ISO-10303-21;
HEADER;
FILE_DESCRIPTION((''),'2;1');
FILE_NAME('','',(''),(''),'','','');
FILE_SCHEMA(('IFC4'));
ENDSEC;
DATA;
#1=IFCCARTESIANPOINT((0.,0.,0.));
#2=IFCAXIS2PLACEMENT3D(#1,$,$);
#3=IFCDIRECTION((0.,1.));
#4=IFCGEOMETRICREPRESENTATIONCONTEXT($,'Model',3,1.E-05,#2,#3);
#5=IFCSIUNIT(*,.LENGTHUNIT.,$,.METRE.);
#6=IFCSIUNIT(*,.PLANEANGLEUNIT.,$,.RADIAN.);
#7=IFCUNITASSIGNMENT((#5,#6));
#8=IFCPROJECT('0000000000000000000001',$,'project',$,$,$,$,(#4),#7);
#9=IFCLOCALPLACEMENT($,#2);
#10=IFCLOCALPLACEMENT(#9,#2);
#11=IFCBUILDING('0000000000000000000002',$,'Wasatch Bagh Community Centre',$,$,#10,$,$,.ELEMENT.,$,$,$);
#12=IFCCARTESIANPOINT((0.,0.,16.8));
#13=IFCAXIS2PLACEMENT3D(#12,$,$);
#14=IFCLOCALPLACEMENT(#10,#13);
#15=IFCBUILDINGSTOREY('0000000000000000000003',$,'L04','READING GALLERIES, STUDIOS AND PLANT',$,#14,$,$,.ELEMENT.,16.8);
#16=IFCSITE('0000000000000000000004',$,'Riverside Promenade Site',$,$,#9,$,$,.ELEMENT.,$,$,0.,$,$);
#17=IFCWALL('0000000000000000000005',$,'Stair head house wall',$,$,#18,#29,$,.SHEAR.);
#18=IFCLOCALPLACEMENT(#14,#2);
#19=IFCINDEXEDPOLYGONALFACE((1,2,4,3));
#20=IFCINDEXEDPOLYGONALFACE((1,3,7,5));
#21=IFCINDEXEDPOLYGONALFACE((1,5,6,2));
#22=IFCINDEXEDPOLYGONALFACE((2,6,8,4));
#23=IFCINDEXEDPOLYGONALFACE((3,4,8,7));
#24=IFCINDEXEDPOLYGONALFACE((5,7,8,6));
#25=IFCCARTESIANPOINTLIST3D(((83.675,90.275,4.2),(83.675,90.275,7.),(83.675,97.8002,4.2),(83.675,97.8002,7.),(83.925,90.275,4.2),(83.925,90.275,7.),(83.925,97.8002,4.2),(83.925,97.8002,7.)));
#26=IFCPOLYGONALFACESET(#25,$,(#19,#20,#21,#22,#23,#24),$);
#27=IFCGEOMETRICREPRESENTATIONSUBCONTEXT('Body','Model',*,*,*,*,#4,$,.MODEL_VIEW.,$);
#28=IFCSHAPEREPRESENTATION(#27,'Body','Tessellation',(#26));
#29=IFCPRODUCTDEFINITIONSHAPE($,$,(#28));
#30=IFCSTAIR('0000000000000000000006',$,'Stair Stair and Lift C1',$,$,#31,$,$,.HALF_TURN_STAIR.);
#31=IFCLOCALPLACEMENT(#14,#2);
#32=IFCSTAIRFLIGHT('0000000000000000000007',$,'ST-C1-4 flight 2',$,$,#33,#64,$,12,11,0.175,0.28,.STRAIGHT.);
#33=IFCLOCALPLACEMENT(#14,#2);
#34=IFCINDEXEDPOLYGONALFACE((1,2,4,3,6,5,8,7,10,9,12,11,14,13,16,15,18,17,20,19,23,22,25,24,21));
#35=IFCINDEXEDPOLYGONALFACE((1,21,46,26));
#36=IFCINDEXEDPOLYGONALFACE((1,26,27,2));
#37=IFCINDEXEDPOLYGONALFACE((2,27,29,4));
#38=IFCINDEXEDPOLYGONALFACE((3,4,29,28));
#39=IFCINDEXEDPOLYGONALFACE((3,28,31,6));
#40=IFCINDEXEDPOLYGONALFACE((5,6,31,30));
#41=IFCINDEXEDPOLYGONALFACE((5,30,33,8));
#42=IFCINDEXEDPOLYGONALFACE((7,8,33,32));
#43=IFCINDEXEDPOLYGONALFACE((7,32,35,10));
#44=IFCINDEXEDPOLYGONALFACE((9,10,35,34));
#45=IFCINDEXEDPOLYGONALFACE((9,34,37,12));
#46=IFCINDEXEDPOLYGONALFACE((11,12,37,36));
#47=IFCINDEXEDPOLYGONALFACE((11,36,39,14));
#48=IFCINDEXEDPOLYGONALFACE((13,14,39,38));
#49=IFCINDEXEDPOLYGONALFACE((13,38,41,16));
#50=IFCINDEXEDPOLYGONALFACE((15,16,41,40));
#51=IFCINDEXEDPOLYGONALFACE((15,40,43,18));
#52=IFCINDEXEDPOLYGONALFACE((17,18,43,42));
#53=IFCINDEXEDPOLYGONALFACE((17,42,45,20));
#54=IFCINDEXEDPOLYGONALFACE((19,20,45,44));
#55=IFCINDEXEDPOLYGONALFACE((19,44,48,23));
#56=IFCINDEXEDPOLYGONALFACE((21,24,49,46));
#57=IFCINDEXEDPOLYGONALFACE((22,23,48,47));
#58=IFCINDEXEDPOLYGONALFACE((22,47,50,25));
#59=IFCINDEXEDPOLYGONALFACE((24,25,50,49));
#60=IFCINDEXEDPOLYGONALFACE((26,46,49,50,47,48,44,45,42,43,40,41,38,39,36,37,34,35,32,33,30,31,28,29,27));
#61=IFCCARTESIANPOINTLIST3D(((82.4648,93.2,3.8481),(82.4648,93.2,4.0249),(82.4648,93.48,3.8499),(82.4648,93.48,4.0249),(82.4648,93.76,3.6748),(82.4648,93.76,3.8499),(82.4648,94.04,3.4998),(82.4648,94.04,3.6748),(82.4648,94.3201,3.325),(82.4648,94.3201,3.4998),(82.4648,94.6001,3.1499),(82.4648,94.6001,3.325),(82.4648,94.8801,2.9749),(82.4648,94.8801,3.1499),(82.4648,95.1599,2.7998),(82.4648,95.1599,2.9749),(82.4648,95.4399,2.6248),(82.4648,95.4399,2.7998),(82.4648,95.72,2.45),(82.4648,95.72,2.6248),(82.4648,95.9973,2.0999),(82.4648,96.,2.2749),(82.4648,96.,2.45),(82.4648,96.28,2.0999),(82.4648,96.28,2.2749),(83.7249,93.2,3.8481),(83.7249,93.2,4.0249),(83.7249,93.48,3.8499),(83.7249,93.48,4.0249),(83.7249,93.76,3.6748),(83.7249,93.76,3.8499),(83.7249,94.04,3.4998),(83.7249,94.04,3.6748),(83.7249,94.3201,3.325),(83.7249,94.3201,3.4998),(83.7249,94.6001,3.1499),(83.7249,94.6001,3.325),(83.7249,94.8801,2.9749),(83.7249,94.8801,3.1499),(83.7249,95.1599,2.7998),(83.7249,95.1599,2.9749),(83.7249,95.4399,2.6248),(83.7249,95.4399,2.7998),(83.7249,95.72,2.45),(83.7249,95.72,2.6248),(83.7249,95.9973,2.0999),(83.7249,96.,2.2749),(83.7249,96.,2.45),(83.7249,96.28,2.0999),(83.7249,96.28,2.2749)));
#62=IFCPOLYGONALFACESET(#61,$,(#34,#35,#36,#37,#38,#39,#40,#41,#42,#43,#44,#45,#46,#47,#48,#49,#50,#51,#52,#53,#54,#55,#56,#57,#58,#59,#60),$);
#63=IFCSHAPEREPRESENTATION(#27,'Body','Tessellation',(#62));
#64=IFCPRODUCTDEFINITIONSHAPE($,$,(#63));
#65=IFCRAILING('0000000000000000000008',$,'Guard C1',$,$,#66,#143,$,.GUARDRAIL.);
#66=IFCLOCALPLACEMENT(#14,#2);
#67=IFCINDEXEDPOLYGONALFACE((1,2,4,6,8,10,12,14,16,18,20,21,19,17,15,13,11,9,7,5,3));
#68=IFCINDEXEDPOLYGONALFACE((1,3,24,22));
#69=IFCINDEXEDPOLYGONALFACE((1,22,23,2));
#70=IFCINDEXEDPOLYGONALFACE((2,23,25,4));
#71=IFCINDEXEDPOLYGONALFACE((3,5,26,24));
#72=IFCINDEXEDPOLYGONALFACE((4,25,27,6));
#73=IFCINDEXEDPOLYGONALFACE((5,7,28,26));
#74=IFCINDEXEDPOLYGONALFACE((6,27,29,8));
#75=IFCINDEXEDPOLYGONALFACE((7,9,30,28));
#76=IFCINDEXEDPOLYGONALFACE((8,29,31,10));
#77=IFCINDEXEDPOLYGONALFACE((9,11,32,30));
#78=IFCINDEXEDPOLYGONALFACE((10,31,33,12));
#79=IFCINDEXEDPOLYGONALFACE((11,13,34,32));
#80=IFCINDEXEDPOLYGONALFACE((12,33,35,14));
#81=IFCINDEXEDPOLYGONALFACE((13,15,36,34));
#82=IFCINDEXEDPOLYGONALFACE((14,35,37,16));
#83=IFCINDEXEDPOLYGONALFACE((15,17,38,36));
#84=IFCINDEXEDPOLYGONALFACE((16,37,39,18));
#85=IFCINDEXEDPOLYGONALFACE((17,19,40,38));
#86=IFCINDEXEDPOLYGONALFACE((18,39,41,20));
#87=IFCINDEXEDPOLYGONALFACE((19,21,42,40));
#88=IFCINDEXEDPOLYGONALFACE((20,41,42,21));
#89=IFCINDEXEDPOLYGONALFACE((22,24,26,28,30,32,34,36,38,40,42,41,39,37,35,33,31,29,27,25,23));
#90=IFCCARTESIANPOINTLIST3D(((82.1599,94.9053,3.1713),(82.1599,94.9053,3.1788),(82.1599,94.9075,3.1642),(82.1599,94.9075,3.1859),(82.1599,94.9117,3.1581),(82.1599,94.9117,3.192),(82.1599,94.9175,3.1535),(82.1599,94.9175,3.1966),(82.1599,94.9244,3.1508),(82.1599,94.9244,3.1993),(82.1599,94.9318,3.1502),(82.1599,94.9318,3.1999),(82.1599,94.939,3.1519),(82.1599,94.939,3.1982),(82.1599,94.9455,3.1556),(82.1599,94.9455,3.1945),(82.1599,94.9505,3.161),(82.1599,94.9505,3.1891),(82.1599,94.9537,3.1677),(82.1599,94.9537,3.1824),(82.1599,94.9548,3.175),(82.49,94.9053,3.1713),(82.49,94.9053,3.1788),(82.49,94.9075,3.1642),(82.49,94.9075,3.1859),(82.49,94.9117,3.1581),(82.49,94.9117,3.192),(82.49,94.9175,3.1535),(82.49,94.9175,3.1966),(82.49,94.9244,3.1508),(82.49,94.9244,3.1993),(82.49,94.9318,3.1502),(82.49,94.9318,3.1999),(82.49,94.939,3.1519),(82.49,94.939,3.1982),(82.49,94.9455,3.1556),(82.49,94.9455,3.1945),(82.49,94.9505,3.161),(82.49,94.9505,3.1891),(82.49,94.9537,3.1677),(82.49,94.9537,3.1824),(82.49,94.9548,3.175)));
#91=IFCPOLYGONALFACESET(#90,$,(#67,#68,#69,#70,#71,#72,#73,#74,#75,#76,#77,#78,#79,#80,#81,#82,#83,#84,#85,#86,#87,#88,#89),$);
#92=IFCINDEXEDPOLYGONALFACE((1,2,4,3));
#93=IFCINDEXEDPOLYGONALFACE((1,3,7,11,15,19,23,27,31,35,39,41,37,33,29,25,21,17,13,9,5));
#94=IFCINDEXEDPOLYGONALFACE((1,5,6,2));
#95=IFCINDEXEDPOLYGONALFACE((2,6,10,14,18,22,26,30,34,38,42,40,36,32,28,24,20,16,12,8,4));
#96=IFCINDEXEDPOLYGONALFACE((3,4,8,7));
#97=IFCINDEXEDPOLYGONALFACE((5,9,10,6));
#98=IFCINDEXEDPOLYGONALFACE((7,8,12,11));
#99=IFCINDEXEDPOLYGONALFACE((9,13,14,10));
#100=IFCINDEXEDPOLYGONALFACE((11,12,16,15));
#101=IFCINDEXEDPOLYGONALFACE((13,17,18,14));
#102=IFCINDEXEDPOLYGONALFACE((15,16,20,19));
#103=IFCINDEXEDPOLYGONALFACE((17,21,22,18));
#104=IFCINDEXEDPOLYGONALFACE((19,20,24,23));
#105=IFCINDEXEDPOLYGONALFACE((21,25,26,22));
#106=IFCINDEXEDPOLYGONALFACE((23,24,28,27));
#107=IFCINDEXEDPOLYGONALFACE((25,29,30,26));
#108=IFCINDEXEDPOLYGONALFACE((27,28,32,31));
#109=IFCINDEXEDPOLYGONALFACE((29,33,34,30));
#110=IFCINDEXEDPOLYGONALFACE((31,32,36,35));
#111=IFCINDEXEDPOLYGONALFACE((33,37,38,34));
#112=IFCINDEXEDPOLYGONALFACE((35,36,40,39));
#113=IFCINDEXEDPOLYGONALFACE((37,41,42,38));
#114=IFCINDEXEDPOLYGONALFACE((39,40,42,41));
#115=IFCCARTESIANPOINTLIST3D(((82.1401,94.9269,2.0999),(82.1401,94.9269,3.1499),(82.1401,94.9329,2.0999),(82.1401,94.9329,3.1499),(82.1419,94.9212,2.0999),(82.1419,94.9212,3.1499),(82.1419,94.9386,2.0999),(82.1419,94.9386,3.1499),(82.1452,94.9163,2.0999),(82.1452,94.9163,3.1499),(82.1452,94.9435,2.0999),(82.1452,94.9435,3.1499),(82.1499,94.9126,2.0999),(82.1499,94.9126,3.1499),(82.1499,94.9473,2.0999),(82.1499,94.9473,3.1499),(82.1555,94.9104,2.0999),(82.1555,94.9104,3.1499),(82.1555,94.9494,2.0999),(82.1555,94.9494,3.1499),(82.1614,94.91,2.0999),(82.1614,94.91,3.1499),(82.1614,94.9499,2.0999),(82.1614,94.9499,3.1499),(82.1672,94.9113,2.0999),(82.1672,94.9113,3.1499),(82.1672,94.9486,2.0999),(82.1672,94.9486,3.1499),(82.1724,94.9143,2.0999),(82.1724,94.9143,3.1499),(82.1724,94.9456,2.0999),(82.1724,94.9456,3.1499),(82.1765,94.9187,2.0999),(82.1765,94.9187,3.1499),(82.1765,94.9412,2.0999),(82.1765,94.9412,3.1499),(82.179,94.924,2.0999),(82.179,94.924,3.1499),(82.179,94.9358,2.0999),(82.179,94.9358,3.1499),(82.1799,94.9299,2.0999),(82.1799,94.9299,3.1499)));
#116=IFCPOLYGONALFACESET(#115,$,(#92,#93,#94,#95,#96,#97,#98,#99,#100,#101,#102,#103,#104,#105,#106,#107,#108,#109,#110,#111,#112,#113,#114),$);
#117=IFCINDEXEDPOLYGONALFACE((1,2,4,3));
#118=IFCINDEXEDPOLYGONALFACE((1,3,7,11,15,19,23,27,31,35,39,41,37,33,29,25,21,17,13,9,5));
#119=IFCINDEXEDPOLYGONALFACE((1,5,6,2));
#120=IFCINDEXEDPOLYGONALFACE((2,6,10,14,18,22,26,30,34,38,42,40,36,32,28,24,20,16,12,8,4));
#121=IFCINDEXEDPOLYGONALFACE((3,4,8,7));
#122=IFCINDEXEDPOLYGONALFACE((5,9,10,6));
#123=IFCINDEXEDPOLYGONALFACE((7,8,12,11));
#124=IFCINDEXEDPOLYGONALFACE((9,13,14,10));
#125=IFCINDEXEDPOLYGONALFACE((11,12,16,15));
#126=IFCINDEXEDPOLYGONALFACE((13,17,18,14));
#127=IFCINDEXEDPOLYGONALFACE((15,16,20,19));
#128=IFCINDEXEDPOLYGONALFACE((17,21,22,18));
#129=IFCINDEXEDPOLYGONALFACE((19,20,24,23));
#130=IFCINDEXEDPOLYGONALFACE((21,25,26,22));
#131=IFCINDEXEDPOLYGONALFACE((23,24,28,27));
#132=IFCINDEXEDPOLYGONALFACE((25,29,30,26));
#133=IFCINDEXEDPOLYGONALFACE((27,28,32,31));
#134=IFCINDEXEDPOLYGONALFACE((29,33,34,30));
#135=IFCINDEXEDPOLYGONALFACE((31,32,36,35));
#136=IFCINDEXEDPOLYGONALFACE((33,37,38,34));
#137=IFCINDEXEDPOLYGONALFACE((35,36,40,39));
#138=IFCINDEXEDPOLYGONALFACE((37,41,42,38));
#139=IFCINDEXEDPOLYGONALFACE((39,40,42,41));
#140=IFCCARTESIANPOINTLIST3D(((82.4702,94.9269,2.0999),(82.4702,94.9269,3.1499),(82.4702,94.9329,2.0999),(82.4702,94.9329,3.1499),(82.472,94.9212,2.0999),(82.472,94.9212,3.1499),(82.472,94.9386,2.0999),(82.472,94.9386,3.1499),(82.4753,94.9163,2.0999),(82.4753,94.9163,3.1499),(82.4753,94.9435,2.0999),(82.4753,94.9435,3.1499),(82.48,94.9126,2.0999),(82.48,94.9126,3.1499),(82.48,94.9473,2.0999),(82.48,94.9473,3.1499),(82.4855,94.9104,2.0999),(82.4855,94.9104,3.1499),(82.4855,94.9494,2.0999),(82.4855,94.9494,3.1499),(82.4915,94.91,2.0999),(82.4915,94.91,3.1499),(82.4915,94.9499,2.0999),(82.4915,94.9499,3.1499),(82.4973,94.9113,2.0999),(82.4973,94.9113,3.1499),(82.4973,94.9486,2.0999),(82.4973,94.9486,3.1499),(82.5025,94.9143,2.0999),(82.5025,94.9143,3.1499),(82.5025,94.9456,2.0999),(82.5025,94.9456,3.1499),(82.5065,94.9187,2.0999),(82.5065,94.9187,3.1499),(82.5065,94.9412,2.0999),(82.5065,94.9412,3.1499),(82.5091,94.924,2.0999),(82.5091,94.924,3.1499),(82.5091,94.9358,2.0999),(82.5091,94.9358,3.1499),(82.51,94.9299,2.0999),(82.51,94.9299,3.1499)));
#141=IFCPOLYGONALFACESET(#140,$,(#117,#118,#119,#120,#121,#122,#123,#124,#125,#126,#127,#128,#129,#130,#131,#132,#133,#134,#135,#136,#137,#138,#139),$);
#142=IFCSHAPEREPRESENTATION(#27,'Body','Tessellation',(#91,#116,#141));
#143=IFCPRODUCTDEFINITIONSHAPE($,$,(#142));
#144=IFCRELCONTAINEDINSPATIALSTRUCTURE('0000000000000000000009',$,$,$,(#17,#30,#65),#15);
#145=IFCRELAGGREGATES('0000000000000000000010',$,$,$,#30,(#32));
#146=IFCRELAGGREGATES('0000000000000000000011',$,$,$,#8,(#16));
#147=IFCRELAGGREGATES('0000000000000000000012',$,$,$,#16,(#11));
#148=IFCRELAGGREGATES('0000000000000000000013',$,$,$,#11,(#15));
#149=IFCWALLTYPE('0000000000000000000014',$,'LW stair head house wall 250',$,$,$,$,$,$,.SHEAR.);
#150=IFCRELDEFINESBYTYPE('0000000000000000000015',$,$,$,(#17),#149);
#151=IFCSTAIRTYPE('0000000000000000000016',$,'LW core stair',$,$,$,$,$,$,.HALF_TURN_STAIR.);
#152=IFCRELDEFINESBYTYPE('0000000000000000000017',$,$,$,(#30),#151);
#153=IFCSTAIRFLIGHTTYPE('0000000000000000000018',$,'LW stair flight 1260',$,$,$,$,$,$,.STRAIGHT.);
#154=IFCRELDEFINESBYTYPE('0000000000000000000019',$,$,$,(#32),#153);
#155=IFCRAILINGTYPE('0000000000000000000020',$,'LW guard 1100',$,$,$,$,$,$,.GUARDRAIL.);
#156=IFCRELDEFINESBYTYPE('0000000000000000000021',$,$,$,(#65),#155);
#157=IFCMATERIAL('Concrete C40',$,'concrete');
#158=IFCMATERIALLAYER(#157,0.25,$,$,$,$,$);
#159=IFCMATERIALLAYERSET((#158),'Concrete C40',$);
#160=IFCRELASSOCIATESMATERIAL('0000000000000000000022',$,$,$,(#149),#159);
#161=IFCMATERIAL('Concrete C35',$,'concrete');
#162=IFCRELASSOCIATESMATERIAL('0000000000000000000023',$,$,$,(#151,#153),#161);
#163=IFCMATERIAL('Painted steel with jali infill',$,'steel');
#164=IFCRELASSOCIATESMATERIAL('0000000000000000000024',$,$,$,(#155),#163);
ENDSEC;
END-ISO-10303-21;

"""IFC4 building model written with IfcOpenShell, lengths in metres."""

from ifc_helpers import new_model, si_unit, direction, frame, frame_2d, origin, origin_2d, place, context, subcontext, project, spatial, polyline, rectangle, circle, outline, extrude, material, layer, layer_set, type_object, element, aggregate, save


model = new_model("IFC4")

# Units and contexts
model_context = context("Model", 3, precision=1e-05, world=origin(), true_north=direction((0.0, 1.0)))
body_context = subcontext(model_context, "Body", "Model", "MODEL_VIEW")
ifc_project = project(units=[si_unit("LENGTHUNIT", "METRE"), si_unit("PLANEANGLEUNIT", "RADIAN")], contexts=[model_context])

# Site, building, storey
site_placement = place(None, origin())
site = spatial("IfcSite", under=ifc_project, at=site_placement, Name="Riverside Promenade Site", CompositionType="ELEMENT", RefElevation=0.0)
building_placement = place(site_placement, origin())
building = spatial("IfcBuilding", under=site, at=building_placement, Name="Wasatch Bagh Community Centre", CompositionType="ELEMENT")
storey_placement = place(building_placement, frame((0.0, 0.0, 16.8)))
storey = spatial("IfcBuildingStorey", under=building, at=storey_placement, Name="L04", Description="READING GALLERIES, STUDIOS AND PLANT", CompositionType="ELEMENT", Elevation=16.8)

# Shared definitions
ifc_material_1 = material(Name="Concrete C40", Category="concrete")

# Shared definitions
ifc_material_2 = material(Name="Concrete C35", Category="concrete")

# Wall
ifc_layer_1 = layer(ifc_material_1, 0.25)
ifc_layer_set_1 = layer_set([ifc_layer_1], Name="Concrete C40")
wall_type_1 = type_object("IfcWallType", Name="LW stair head house wall 250", PredefinedType="SHEAR", material=ifc_layer_set_1)
wall_1_placement = place(storey_placement, frame((83.8, 90.2749, 4.2), z_axis=(0.0, 0.0, 1.0), x_axis=(0.0, 1.0, 0.0)))
element("IfcWall", 1, at=wall_1_placement, inside=storey, type_object=wall_type_1, Name="Stair head house wall", PredefinedType="SHEAR", context=body_context, shape_type="SweptSolid", body=[
    extrude(rectangle(XDim=7.5251, YDim=0.25, at=frame_2d((3.7627, 0.0))), origin(), (0.0, 0.0, 1.0), 2.8),
])

# Stair, stair flight
stair_type = type_object("IfcStairType", Name="LW core stair", PredefinedType="HALF_TURN_STAIR", material=ifc_material_2)
stair_placement = place(storey_placement, origin())
stair = element("IfcStair", 2, at=stair_placement, inside=storey, type_object=stair_type, Name="Stair Stair and Lift C1", PredefinedType="HALF_TURN_STAIR")
stair_flight_type = type_object("IfcStairFlightType", Name="LW stair flight 1260", PredefinedType="STRAIGHT", material=ifc_material_2)
stair_flight_placement = place(storey_placement, frame((83.095, 96.28, 2.0999), z_axis=(0.0, 0.0, 1.0), x_axis=(0.0, -1.0, 0.0)))
stair_flight = element("IfcStairFlight", 3, at=stair_flight_placement, type_object=stair_flight_type, Name="ST-C1-4 flight 2", NumberOfRisers=12, NumberOfTreads=11, PredefinedType="STRAIGHT", RiserHeight=0.175, TreadLength=0.28, context=body_context, shape_type="SweptSolid", body=[
    extrude(outline(polyline([(0.0, 0.0), (0.0, 0.175), (0.28, 0.175), (0.28, 0.3501), (0.5601, 0.3501), (0.5601, 0.5249), (0.8401, 0.5249), (0.8401, 0.7), (1.1201, 0.7), (1.1201, 0.875), (1.3999, 0.875), (1.3999, 1.05), (1.6799, 1.05), (1.6799, 1.2251), (1.96, 1.2251), (1.96, 1.3999), (2.24, 1.3999), (2.24, 1.575), (2.52, 1.575), (2.52, 1.75), (2.8, 1.75), (2.8, 1.925), (3.0801, 1.925), (3.0801, 2.1001), (3.0801, 1.7483), (0.2827, 0.0), (0.0, 0.0)])), frame((0.0, 0.6299, 0.0), z_axis=(0.0, -1.0, 0.0), x_axis=(1.0, 0.0, 0.0)), (0.0, 0.0, 1.0), 1.26),
])
aggregate(stair, [stair_flight])

# Railing
ifc_material_3 = material(Name="Painted steel with jali infill", Category="steel")
railing_type_1 = type_object("IfcRailingType", Name="LW guard 1100", PredefinedType="GUARDRAIL", material=ifc_material_3)
railing_1_placement = place(storey_placement, frame((82.1599, 94.9299, 2.0999)))
element("IfcRailing", 4, at=railing_1_placement, inside=storey, type_object=railing_type_1, Name="Guard C1", PredefinedType="GUARDRAIL", context=body_context, shape_type="SweptSolid", body=[
    extrude(circle(Radius=0.0249, at=origin_2d()), frame((0.0, 0.0, 1.0752), z_axis=(1.0, 0.0, 0.0), x_axis=(0.0, 1.0, 0.0)), (0.0, 0.0, 1.0), 0.3301),
    extrude(circle(Radius=0.02, at=origin_2d()), origin(), (0.0, 0.0, 1.0), 1.05),
    extrude(circle(Radius=0.02, at=origin_2d()), frame((0.3301, 0.0, 0.0)), (0.0, 0.0, 1.0), 1.05),
])

save(model, "model.ifc")
